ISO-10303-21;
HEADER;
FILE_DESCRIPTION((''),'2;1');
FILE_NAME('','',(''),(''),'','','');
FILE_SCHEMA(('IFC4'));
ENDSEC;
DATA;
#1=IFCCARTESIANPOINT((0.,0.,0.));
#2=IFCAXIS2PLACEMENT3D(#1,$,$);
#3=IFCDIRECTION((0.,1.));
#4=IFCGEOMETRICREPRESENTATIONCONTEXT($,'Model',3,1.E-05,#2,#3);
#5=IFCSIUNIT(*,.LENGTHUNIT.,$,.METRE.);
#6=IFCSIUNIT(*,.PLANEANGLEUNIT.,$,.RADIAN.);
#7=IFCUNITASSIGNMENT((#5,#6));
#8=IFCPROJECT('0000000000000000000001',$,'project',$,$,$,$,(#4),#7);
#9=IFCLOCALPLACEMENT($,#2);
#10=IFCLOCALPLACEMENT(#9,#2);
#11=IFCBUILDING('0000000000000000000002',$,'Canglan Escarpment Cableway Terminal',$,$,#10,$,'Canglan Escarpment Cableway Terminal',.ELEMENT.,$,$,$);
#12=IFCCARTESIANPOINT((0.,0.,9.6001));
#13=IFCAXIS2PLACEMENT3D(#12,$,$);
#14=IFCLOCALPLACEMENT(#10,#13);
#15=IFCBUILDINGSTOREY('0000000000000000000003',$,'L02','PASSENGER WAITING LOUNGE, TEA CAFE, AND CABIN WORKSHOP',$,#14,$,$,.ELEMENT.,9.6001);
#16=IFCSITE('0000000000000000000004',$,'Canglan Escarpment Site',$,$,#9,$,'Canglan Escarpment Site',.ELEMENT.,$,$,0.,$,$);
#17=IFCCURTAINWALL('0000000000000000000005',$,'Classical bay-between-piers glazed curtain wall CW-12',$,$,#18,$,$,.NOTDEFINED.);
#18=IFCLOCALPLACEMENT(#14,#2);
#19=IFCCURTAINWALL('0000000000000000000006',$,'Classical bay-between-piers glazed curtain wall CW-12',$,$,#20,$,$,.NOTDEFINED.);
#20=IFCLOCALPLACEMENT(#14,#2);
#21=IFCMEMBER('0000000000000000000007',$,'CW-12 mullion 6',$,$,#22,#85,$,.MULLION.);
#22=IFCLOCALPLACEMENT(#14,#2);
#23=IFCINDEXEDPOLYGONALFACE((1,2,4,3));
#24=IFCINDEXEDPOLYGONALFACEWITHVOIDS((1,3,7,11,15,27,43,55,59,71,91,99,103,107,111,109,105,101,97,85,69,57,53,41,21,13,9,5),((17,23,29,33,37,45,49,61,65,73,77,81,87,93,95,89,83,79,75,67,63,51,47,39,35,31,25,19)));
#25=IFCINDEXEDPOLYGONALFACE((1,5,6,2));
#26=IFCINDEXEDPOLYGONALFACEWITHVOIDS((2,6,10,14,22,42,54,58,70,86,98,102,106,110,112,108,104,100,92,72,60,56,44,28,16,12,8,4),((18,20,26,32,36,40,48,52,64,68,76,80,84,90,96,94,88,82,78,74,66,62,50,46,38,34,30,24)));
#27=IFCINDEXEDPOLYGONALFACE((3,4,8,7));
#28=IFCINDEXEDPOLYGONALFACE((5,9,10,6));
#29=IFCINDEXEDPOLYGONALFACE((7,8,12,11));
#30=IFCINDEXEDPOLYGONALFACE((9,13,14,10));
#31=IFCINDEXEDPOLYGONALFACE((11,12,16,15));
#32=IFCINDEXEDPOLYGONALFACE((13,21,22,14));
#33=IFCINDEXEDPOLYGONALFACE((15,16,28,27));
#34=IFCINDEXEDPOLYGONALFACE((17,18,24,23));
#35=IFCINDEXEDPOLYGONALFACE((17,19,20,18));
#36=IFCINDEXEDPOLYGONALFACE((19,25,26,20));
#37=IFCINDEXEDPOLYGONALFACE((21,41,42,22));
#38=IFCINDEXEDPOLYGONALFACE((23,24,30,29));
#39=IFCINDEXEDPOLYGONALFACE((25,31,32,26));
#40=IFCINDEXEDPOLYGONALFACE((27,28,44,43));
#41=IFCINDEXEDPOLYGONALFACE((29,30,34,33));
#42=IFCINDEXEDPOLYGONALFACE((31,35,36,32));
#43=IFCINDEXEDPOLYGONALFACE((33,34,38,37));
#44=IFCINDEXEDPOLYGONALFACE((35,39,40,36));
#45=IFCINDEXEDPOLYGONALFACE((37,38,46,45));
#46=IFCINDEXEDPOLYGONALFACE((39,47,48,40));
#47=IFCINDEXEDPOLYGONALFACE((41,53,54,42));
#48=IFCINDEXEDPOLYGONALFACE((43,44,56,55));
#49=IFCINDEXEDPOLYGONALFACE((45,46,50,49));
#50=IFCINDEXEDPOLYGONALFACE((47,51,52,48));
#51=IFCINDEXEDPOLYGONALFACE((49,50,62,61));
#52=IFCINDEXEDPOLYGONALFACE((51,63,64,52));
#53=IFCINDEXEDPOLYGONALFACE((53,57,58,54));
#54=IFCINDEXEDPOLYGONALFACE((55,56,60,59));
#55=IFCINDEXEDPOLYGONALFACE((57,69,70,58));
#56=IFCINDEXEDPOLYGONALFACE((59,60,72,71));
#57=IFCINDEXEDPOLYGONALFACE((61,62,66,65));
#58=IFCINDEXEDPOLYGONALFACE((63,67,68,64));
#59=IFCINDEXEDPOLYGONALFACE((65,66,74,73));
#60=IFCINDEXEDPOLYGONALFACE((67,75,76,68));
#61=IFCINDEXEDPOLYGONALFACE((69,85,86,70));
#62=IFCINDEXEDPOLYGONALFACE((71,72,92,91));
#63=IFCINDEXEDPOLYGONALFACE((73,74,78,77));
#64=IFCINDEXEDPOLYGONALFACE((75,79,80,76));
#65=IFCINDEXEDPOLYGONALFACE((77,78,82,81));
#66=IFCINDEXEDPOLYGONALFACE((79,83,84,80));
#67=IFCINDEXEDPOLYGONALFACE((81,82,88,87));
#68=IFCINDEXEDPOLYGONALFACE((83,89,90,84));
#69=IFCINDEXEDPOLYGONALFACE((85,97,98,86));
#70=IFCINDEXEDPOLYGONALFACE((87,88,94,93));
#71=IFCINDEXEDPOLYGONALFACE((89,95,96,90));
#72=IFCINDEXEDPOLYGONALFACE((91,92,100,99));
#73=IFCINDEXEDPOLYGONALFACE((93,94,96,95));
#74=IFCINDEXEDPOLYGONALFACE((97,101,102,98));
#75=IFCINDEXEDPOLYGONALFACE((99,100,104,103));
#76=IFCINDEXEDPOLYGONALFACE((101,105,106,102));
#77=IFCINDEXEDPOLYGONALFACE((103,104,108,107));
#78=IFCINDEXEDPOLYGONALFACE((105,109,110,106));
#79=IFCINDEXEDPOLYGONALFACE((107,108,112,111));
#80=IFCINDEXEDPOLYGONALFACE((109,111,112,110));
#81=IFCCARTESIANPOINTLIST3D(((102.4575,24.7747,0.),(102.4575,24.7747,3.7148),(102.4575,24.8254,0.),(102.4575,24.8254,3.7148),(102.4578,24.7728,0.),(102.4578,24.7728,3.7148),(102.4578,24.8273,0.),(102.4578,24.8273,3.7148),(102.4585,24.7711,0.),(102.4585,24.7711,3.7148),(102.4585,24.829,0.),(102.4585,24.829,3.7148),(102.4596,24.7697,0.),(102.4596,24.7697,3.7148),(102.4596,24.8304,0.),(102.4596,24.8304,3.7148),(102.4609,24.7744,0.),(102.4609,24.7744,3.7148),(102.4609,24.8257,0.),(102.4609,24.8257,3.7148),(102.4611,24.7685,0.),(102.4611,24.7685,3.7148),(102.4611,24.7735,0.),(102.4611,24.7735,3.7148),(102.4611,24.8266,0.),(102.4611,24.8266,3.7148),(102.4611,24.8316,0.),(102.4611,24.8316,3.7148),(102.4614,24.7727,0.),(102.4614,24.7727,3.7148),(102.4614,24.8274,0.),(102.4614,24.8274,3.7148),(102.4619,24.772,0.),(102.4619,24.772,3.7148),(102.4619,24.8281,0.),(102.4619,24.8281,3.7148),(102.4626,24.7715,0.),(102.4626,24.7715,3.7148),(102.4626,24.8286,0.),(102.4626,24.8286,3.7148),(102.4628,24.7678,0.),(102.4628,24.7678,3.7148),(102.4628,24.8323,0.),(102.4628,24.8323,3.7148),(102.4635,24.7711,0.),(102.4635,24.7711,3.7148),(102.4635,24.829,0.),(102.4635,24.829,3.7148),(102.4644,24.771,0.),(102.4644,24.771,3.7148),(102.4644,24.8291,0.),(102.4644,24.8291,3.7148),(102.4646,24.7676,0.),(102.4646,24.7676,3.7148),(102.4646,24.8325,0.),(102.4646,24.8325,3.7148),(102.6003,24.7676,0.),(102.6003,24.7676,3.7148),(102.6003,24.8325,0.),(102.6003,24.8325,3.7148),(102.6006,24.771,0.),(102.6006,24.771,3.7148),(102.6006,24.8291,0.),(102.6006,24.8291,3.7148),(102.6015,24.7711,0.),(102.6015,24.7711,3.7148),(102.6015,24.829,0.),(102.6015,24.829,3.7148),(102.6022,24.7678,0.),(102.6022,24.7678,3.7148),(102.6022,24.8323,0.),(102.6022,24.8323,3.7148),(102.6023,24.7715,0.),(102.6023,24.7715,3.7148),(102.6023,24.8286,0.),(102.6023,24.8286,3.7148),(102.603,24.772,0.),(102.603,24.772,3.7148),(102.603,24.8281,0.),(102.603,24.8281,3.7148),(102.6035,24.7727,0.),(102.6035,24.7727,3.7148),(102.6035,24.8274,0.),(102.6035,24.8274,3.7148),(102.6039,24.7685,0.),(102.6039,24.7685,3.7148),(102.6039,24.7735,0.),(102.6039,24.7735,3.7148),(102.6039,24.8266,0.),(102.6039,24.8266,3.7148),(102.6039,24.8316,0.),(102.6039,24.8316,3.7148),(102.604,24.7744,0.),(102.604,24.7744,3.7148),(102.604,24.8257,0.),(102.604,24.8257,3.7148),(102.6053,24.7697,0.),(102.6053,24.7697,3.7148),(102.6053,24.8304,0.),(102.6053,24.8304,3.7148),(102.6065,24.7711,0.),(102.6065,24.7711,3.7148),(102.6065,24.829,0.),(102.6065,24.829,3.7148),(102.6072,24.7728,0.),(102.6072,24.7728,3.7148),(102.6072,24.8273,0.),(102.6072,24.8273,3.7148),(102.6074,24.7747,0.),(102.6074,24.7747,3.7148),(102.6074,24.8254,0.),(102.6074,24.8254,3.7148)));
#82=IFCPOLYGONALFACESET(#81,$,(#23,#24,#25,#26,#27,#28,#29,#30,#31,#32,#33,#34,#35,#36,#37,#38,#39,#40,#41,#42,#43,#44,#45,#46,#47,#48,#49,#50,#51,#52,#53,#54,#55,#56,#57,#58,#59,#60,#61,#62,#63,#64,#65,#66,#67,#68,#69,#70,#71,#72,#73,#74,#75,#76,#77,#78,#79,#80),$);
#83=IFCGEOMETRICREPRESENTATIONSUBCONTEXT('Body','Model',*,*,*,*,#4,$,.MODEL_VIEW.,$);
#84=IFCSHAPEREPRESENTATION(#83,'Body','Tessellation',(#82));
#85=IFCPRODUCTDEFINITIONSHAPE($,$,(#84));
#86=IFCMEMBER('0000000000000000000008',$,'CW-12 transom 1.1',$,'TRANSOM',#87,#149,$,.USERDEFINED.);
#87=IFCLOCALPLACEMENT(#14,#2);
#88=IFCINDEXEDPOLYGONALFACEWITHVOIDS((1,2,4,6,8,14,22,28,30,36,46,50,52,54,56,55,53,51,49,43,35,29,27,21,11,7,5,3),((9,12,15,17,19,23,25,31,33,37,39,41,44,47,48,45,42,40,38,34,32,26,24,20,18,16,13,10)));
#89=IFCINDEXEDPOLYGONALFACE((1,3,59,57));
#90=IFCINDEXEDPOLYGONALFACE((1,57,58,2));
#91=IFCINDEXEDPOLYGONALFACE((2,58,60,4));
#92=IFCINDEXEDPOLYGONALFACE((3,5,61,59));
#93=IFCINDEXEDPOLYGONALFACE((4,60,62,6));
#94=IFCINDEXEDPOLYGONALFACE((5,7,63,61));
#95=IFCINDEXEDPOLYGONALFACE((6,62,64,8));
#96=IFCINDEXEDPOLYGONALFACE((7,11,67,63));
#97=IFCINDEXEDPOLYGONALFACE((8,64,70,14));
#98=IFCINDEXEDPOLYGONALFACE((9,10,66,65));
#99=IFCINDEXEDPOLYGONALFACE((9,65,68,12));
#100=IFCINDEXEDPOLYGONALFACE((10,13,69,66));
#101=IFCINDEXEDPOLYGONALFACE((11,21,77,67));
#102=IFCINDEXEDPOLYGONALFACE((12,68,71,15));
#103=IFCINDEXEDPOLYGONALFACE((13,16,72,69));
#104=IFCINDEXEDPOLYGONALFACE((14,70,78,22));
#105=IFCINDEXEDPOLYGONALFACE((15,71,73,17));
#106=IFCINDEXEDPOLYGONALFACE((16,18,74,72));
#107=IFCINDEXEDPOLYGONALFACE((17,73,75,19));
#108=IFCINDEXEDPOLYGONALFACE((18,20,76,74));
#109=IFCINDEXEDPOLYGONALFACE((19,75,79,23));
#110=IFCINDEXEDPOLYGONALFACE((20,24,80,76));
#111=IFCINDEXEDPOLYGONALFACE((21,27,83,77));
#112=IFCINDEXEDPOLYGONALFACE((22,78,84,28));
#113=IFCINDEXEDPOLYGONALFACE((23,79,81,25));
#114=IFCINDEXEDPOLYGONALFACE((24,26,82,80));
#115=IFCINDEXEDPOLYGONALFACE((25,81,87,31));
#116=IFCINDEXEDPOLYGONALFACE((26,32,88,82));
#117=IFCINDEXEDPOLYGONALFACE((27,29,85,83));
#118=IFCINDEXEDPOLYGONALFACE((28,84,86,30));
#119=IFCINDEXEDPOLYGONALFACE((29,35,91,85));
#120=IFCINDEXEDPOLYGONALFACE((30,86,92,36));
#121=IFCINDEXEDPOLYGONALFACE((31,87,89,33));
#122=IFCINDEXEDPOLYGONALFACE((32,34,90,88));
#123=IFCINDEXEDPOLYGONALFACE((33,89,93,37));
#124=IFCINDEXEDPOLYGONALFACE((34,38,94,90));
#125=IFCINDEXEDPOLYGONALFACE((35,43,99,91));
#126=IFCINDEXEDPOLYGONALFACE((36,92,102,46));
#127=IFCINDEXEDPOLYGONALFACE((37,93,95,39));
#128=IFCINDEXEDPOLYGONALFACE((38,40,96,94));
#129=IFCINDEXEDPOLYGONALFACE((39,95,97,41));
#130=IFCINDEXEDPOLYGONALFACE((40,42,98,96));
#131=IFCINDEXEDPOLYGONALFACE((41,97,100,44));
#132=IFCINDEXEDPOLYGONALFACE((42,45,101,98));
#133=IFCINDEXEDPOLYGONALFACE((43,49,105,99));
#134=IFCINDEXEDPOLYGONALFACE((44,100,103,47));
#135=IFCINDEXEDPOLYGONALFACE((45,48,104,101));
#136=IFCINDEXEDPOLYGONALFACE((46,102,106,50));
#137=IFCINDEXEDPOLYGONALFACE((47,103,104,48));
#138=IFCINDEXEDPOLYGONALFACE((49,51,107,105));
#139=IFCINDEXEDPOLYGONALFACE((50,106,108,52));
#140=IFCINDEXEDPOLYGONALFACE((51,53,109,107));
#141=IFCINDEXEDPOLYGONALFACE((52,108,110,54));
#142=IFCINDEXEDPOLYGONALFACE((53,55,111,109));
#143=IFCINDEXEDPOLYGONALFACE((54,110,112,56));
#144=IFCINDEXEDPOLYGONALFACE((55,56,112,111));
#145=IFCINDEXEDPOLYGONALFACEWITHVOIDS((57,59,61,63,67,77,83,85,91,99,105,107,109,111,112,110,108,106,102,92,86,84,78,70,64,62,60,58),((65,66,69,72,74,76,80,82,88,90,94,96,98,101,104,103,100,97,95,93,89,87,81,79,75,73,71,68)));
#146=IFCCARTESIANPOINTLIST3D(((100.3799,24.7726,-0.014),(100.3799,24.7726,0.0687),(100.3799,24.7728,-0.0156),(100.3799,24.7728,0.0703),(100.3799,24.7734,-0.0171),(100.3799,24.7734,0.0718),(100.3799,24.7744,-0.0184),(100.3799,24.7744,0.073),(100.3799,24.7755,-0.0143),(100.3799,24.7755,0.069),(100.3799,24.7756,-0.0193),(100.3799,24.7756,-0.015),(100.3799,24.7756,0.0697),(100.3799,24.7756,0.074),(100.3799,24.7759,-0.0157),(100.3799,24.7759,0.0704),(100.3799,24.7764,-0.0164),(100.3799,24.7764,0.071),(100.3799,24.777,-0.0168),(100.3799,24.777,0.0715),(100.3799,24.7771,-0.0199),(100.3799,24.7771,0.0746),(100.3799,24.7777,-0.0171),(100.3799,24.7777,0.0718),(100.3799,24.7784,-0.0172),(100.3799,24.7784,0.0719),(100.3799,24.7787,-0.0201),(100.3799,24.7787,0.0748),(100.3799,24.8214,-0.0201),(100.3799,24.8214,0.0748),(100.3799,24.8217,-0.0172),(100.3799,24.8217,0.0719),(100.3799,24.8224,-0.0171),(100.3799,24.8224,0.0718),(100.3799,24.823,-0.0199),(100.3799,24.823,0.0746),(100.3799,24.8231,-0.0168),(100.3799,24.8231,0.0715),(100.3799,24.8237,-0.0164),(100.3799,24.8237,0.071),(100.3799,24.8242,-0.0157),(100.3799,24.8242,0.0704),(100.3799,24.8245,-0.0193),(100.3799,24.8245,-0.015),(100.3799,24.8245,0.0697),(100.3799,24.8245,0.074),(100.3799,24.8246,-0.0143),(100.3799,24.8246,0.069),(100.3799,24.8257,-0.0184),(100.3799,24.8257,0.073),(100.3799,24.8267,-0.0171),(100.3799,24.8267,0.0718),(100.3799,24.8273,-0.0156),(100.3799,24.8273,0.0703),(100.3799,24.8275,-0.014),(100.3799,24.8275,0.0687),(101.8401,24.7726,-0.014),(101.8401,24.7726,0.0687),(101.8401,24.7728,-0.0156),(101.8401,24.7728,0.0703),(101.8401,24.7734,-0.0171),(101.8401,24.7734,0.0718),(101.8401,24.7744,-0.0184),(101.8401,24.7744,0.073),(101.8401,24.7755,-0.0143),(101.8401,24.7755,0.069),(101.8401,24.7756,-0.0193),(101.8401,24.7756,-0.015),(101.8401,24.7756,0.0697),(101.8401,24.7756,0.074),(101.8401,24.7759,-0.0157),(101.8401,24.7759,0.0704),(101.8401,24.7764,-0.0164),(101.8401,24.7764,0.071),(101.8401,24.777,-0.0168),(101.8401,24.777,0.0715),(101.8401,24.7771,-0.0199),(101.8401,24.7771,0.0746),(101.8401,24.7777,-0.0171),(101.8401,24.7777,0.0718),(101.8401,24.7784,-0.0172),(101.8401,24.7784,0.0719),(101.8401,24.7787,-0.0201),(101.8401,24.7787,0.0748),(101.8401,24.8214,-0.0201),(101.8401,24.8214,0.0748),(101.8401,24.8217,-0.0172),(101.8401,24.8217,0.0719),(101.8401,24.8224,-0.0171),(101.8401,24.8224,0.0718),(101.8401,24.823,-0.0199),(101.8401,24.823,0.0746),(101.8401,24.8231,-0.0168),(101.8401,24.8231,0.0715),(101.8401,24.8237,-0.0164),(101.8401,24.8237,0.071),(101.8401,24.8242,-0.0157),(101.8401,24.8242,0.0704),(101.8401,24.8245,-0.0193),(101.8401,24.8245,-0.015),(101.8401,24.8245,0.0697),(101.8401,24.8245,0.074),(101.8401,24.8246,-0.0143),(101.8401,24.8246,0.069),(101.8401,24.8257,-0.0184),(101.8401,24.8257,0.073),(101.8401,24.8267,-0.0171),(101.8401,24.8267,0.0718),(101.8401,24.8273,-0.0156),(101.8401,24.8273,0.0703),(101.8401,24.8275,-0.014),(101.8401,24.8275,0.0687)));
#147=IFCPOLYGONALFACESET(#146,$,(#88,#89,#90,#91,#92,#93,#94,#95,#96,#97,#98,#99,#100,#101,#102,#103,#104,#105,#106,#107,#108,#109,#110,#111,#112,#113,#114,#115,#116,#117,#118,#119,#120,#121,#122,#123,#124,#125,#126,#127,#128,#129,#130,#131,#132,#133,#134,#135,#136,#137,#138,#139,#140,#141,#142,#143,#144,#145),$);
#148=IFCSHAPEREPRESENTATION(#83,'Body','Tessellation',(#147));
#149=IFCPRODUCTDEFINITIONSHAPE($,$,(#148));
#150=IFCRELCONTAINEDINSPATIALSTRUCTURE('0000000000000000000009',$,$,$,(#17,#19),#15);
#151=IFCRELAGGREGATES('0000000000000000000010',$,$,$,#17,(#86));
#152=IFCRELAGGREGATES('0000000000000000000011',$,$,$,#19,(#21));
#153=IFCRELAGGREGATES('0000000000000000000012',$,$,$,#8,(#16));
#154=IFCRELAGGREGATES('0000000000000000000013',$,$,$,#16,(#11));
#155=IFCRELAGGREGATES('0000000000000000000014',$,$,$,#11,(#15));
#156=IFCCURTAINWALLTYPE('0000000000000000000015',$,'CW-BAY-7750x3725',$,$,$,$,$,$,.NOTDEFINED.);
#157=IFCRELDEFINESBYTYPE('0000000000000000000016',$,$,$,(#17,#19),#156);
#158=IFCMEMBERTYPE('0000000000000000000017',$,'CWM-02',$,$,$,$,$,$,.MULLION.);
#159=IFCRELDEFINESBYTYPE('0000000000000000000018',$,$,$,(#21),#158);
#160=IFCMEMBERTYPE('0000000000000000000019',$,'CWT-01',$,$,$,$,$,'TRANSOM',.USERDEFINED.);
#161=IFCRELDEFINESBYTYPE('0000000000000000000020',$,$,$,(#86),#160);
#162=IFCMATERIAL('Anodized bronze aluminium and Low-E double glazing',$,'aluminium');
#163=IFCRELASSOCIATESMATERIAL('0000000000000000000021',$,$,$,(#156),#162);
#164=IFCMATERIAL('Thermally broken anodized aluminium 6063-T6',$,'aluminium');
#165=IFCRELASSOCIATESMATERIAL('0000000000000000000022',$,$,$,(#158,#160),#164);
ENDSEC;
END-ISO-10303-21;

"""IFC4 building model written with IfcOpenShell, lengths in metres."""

from ifc_helpers import new_model, si_unit, direction, frame, origin, origin_2d, place, context, subcontext, project, spatial, hollow_rectangle, extrude, material, material_profile, profile_set, type_object, element, aggregate, save


model = new_model("IFC4")

# Units and contexts
model_context = context("Model", 3, precision=1e-05, world=origin(), true_north=direction((0.0, 1.0)))
body_context = subcontext(model_context, "Body", "Model", "MODEL_VIEW")
ifc_project = project(units=[si_unit("LENGTHUNIT", "METRE"), si_unit("PLANEANGLEUNIT", "RADIAN")], contexts=[model_context])

# Site, building, storey
site_placement = place(None, origin())
site = spatial("IfcSite", under=ifc_project, at=site_placement, Name="Canglan Escarpment Site", LongName="Canglan Escarpment Site", CompositionType="ELEMENT", RefElevation=0.0)
building_placement = place(site_placement, origin())
building = spatial("IfcBuilding", under=site, at=building_placement, Name="Canglan Escarpment Cableway Terminal", LongName="Canglan Escarpment Cableway Terminal", CompositionType="ELEMENT")
storey_placement = place(building_placement, frame((0.0, 0.0, 9.6001)))
storey = spatial("IfcBuildingStorey", under=building, at=storey_placement, Name="L02", Description="PASSENGER WAITING LOUNGE, TEA CAFE, AND CABIN WORKSHOP", CompositionType="ELEMENT", Elevation=9.6001)

# Curtain walls, member
ifc_material_1 = material(Name="Anodized bronze aluminium and Low-E double glazing", Category="aluminium")
curtain_wall_type = type_object("IfcCurtainWallType", Name="CW-BAY-7750x3725", PredefinedType="NOTDEFINED", material=ifc_material_1)
curtain_wall_1_placement = place(storey_placement, origin())
curtain_wall_1 = element("IfcCurtainWall", 1, at=curtain_wall_1_placement, inside=storey, type_object=curtain_wall_type, Name="Classical bay-between-piers glazed curtain wall CW-12", PredefinedType="NOTDEFINED")
ifc_material_2 = material(Name="Thermally broken anodized aluminium 6063-T6", Category="aluminium")
curtain_wall_2_placement = place(storey_placement, origin())
curtain_wall_2 = element("IfcCurtainWall", 2, at=curtain_wall_2_placement, inside=storey, type_object=curtain_wall_type, Name="Classical bay-between-piers glazed curtain wall CW-12", PredefinedType="NOTDEFINED")
ifc_material_profile_1 = material_profile(ifc_material_2, hollow_rectangle(XDim=0.0649, YDim=0.1499, WallThickness=0.0034, InnerFilletRadius=0.0034, OuterFilletRadius=0.0071, at=origin_2d()), Name="ALU-MULL 65x150x3.5")
ifc_profile_set_1 = profile_set([ifc_material_profile_1], Name="Thermally broken anodized aluminium 6063-T6")
member_type_1 = type_object("IfcMemberType", Name="CWM-02", PredefinedType="MULLION", material=ifc_profile_set_1)
member_1_placement = place(storey_placement, frame((102.5325, 24.8, 0.0), z_axis=(0.0, 0.0, 1.0), x_axis=(0.0, -1.0, 0.0)))
member_1 = element("IfcMember", 3, at=member_1_placement, type_object=member_type_1, Name="CW-12 mullion 6", PredefinedType="MULLION", context=body_context, shape_type="SweptSolid", body=[
    extrude(hollow_rectangle(XDim=0.0649, YDim=0.1499, WallThickness=0.0034, InnerFilletRadius=0.0034, OuterFilletRadius=0.0071, at=origin_2d()), origin(), (0.0, 0.0, 1.0), 3.7148),
])

# Member
ifc_material_profile_2 = material_profile(ifc_material_2, hollow_rectangle(XDim=0.0549, YDim=0.095, WallThickness=0.0029, InnerFilletRadius=0.0029, OuterFilletRadius=0.0061, at=origin_2d()), Name="ALU-TRAN 55x95x3")
ifc_profile_set_2 = profile_set([ifc_material_profile_2], Name="Thermally broken anodized aluminium 6063-T6")
member_type_2 = type_object("IfcMemberType", Name="CWT-01", ElementType="TRANSOM", PredefinedType="USERDEFINED", material=ifc_profile_set_2)
member_2_placement = place(storey_placement, frame((101.8401, 24.8, 0.0273), z_axis=(-1.0, 0.0, 0.0), x_axis=(0.0, -1.0, 0.0)))
member_2 = element("IfcMember", 4, at=member_2_placement, type_object=member_type_2, Name="CW-12 transom 1.1", ObjectType="TRANSOM", PredefinedType="USERDEFINED", context=body_context, shape_type="SweptSolid", body=[
    extrude(hollow_rectangle(XDim=0.0549, YDim=0.095, WallThickness=0.0029, InnerFilletRadius=0.0029, OuterFilletRadius=0.0061, at=origin_2d()), origin(), (0.0, 0.0, 1.0), 1.4602),
])

aggregate(curtain_wall_1, [member_2])
aggregate(curtain_wall_2, [member_1])

save(model, "model.ifc")
